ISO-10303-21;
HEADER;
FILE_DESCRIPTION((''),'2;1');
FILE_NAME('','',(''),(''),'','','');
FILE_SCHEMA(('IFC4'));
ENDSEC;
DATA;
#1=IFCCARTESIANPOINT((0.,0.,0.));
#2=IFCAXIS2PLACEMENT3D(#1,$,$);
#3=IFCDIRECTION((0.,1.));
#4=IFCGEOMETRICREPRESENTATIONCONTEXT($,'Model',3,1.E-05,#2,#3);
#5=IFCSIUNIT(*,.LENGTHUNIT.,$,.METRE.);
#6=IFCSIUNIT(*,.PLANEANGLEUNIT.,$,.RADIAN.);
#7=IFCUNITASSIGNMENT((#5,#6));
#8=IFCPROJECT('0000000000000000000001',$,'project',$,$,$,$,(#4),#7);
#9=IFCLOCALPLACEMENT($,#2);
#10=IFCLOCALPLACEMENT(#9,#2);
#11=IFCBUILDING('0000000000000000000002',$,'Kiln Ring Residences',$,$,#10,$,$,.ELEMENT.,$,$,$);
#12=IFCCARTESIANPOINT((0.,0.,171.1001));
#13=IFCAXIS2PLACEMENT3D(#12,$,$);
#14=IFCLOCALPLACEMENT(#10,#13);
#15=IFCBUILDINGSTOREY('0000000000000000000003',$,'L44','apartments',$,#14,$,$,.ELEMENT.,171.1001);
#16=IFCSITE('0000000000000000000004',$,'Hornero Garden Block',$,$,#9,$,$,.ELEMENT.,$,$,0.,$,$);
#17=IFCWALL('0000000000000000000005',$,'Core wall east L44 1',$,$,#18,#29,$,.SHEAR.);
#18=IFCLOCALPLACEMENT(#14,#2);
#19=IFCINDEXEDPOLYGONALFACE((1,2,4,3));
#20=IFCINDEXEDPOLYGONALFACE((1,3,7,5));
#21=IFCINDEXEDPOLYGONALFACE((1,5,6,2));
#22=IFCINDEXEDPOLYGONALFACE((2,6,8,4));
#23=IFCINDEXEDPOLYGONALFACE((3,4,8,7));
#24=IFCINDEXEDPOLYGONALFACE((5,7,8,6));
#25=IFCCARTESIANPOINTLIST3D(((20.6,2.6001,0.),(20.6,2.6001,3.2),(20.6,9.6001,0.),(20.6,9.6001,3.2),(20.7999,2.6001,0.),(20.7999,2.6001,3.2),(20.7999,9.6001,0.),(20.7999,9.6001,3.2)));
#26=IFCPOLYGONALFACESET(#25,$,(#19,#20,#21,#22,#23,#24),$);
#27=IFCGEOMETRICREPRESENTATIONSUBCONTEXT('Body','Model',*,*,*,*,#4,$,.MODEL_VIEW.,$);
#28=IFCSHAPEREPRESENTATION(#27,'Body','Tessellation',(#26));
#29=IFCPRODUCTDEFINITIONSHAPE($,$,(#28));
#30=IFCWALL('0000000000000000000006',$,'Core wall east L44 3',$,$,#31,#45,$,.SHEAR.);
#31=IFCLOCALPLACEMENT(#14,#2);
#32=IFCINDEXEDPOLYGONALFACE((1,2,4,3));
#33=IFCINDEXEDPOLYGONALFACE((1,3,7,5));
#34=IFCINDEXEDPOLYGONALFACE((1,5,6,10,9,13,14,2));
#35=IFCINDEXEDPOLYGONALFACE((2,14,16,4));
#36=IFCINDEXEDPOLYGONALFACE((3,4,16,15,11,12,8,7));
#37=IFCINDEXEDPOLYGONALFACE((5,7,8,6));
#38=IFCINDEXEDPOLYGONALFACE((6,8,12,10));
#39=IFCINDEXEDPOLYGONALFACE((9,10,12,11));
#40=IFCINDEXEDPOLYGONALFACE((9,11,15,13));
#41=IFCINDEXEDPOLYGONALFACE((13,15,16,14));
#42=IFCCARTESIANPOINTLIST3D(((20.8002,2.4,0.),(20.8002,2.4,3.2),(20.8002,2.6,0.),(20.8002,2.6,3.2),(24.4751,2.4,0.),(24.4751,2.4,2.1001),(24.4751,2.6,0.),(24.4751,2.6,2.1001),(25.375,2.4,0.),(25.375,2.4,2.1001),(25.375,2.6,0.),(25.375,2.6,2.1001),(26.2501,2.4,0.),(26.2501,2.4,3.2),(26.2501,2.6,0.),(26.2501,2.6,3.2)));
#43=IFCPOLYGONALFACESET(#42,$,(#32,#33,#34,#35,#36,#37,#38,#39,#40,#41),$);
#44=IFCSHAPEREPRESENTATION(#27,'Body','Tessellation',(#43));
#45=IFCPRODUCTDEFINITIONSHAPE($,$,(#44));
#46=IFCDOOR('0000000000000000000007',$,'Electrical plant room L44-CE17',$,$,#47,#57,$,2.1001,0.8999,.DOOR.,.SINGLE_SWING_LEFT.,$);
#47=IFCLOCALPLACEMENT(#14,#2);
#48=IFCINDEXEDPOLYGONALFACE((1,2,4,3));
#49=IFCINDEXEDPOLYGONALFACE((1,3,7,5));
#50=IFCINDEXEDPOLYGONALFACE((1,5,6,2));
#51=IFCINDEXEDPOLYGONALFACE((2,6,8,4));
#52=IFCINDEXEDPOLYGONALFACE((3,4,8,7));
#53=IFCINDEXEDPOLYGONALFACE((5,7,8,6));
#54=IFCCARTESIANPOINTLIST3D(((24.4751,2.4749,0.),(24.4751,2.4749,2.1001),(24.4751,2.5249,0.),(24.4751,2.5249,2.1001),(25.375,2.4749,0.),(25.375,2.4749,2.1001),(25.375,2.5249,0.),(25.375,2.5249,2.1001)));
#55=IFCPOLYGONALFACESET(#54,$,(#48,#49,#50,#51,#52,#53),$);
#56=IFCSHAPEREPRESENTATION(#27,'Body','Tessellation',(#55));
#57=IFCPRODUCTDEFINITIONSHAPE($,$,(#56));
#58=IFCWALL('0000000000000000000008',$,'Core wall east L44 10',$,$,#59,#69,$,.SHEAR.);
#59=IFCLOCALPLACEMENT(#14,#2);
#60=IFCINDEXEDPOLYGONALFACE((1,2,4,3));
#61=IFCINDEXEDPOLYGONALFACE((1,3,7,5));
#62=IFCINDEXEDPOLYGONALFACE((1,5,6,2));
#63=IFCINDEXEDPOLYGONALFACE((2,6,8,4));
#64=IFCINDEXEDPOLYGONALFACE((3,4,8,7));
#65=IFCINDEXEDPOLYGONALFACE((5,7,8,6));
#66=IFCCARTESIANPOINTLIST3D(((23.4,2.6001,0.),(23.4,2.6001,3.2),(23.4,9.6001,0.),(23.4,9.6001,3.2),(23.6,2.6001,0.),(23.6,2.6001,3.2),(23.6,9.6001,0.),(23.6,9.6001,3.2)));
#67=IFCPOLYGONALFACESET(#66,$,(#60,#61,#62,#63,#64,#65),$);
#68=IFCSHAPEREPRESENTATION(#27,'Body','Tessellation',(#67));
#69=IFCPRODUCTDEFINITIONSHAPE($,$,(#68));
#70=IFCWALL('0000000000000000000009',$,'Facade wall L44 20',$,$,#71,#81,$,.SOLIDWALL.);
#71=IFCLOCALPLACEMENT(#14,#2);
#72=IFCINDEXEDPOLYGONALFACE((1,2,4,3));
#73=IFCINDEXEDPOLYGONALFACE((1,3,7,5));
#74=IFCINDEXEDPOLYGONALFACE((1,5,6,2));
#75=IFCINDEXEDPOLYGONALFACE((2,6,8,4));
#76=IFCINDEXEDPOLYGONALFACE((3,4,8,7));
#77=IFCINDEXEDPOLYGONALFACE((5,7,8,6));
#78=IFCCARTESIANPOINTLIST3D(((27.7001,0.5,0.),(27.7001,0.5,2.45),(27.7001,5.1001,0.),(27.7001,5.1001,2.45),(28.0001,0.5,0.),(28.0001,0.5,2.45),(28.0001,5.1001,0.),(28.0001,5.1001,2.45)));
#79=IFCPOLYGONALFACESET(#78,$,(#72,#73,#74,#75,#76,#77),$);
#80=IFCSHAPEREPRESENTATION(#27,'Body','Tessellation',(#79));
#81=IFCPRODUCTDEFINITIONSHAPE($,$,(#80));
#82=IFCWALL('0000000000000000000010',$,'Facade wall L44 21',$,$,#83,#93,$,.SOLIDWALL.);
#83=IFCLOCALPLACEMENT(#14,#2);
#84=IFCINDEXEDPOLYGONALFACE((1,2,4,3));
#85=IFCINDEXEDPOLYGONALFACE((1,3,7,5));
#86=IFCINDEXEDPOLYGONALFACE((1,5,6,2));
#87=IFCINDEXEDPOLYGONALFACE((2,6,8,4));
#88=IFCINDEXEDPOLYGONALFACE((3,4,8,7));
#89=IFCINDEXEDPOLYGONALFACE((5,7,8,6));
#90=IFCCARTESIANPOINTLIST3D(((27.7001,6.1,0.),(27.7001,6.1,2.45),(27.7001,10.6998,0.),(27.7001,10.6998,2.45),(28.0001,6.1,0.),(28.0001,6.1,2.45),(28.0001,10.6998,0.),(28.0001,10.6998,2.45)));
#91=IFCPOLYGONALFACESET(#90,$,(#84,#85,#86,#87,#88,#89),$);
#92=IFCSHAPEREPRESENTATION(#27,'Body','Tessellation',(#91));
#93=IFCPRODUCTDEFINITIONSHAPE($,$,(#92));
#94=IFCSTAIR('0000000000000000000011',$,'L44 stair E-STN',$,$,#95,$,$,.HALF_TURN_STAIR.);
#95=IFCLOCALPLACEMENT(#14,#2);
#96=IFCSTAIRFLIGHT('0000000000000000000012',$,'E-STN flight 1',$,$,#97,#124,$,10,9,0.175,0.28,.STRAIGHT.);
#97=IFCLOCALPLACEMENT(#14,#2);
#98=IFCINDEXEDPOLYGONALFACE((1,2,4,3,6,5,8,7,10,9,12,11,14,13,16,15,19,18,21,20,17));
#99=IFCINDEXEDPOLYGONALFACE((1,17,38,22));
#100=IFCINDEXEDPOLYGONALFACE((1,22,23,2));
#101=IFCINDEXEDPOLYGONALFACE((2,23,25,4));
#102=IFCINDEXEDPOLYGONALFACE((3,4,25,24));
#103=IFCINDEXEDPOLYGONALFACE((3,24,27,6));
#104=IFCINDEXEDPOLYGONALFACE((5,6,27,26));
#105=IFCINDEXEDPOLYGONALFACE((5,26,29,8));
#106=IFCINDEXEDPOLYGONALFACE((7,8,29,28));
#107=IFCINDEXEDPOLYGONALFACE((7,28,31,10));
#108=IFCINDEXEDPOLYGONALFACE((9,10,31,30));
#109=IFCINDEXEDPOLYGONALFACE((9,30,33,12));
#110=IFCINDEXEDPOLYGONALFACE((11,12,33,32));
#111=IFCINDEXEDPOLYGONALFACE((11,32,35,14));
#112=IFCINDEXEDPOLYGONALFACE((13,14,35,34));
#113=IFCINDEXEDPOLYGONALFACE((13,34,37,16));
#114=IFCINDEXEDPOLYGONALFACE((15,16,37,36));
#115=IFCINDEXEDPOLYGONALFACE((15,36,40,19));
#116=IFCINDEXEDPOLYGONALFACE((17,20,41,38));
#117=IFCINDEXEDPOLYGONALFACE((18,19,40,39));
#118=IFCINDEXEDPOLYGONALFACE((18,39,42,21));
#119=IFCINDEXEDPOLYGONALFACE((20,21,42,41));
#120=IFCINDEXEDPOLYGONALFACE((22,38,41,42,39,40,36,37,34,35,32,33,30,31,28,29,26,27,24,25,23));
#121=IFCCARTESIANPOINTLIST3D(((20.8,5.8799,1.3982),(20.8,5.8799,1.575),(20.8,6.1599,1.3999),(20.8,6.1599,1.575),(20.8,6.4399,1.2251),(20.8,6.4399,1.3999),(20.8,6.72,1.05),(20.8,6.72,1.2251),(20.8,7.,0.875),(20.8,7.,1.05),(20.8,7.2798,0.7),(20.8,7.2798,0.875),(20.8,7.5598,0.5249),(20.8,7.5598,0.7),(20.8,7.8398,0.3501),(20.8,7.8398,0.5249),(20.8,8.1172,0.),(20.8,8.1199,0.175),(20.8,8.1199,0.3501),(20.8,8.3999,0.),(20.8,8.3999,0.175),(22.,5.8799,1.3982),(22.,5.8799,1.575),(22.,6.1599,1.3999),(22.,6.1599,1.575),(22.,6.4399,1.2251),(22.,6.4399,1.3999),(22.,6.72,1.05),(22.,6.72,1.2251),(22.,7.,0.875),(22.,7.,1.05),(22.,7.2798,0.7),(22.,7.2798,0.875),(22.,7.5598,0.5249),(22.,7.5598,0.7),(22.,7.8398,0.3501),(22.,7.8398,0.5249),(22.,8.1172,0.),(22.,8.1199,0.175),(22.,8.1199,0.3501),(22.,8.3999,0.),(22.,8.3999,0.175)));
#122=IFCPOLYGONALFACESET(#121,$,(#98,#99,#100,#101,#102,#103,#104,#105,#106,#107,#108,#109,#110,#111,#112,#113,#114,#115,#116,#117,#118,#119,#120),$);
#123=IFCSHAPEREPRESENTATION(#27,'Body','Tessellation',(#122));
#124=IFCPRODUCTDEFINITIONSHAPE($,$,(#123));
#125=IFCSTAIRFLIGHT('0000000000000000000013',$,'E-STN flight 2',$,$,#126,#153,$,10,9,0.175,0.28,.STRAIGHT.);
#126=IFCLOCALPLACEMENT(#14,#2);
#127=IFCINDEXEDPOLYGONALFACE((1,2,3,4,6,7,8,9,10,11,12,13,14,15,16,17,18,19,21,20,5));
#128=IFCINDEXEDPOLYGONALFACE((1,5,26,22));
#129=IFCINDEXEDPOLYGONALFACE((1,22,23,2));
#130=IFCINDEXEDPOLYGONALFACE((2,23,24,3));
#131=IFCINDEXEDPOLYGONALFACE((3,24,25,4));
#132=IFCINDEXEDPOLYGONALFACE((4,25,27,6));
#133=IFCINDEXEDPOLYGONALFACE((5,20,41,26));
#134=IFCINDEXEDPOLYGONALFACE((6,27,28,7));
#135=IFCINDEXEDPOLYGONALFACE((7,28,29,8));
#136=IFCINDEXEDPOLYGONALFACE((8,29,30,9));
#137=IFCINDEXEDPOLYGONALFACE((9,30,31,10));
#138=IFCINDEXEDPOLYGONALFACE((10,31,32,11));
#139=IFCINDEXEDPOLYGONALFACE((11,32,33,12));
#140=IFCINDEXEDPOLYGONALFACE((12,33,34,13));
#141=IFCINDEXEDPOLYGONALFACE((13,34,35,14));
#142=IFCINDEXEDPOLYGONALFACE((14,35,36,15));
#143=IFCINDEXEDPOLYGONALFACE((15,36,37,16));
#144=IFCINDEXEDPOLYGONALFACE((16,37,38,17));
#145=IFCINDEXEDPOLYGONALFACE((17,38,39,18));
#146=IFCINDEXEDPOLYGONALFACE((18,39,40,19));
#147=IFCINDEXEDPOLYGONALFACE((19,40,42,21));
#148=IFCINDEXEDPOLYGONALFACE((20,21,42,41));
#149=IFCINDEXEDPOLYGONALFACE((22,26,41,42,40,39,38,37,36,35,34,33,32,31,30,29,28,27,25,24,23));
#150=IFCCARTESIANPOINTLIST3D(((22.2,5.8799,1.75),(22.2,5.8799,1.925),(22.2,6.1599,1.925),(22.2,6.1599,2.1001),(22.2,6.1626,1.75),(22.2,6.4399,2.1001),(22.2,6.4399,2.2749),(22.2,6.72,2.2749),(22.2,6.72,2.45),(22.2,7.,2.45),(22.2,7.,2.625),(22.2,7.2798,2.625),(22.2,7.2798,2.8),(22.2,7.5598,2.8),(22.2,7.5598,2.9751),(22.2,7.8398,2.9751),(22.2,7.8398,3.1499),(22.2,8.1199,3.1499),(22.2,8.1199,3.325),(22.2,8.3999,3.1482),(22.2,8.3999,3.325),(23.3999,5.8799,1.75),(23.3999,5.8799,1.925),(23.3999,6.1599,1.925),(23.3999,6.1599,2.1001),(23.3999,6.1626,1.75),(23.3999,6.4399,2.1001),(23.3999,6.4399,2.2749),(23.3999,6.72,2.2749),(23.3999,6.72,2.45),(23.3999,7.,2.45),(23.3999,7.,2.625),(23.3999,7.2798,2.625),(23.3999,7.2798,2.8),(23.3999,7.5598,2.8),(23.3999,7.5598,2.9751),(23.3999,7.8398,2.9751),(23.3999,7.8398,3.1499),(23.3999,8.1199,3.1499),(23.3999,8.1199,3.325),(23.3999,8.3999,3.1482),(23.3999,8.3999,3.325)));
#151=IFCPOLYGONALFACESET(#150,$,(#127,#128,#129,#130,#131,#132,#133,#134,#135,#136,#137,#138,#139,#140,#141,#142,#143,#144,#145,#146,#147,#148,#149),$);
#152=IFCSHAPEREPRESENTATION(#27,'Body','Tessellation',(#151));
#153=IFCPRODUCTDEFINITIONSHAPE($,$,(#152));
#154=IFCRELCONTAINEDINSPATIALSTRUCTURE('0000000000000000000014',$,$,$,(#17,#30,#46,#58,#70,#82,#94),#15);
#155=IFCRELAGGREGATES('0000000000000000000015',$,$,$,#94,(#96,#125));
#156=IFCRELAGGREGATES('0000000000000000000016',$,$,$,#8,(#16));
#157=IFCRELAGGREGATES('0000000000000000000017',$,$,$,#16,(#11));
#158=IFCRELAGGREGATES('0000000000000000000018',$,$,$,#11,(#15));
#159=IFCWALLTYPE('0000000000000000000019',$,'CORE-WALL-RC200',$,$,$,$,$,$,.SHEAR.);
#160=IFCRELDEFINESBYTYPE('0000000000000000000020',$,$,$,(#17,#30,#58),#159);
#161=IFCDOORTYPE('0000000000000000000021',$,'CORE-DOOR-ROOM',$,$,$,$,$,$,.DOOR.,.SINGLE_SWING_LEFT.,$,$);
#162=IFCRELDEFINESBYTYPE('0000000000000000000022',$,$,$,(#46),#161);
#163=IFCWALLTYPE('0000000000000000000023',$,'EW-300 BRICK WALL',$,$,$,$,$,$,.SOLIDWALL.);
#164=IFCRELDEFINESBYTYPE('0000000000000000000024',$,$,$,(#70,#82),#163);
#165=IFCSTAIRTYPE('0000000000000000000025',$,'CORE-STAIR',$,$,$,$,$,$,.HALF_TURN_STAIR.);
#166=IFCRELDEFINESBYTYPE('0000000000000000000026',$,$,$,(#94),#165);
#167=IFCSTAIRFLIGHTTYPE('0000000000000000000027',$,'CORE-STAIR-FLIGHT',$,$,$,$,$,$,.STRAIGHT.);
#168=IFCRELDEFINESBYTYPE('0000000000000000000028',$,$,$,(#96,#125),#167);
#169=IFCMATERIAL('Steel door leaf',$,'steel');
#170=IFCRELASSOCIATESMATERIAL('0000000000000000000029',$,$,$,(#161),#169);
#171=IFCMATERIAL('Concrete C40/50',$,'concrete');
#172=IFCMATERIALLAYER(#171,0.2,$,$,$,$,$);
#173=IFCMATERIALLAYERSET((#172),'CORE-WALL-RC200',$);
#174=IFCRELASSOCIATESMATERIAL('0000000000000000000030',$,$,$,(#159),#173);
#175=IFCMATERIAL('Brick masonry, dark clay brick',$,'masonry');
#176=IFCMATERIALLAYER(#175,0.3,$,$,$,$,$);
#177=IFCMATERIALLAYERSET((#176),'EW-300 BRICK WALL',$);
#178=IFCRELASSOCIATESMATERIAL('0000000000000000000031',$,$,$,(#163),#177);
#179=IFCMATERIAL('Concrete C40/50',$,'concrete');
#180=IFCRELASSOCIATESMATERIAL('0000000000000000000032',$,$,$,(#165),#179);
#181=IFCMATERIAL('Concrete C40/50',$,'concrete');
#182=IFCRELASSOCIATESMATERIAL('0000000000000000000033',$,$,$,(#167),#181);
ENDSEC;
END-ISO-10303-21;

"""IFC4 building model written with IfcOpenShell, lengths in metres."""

from ifc_helpers import new_model, si_unit, direction, frame, frame_2d, origin, place, context, subcontext, project, spatial, polyline, rectangle, outline, extrude, material, layer, layer_set, type_object, element, fill, aggregate, save


model = new_model("IFC4")

# Units and contexts
model_context = context("Model", 3, precision=1e-05, world=origin(), true_north=direction((0.0, 1.0)))
body_context = subcontext(model_context, "Body", "Model", "MODEL_VIEW")
ifc_project = project(units=[si_unit("LENGTHUNIT", "METRE"), si_unit("PLANEANGLEUNIT", "RADIAN")], contexts=[model_context])

# Site, building, storey
site_placement = place(None, origin())
site = spatial("IfcSite", under=ifc_project, at=site_placement, Name="Hornero Garden Block", CompositionType="ELEMENT", RefElevation=0.0)
building_placement = place(site_placement, origin())
building = spatial("IfcBuilding", under=site, at=building_placement, Name="Kiln Ring Residences", CompositionType="ELEMENT")
storey_placement = place(building_placement, frame((0.0, 0.0, 171.1001)))
storey = spatial("IfcBuildingStorey", under=building, at=storey_placement, Name="L44", Description="apartments", CompositionType="ELEMENT", Elevation=171.1001)

# Shared definitions
ifc_material_1 = material(Name="Steel door leaf", Category="steel")
door_type = type_object("IfcDoorType", Name="CORE-DOOR-ROOM", OperationType="SINGLE_SWING_LEFT", PredefinedType="DOOR", material=ifc_material_1)

# Wall
ifc_material_2 = material(Name="Concrete C40/50", Category="concrete")
ifc_layer_1 = layer(ifc_material_2, 0.2)
ifc_layer_set_1 = layer_set([ifc_layer_1], Name="CORE-WALL-RC200")
wall_type_1 = type_object("IfcWallType", Name="CORE-WALL-RC200", PredefinedType="SHEAR", material=ifc_layer_set_1)
wall_1_placement = place(storey_placement, frame((20.7, 2.6001, 0.0), z_axis=(0.0, 0.0, 1.0), x_axis=(0.0, 1.0, 0.0)))
element("IfcWall", 1, at=wall_1_placement, inside=storey, type_object=wall_type_1, Name="Core wall east L44 1", PredefinedType="SHEAR", context=body_context, shape_type="SweptSolid", body=[
    extrude(rectangle(XDim=7.0, YDim=0.2, at=frame_2d((3.5, 0.0))), origin(), (0.0, 0.0, 1.0), 3.2),
])

# Wall, opening, door
wall_2_placement = place(storey_placement, frame((20.8, 2.5, 0.0), z_axis=(0.0, 0.0, 1.0), x_axis=(1.0, 0.0, 0.0)))
wall_2 = element("IfcWall", 2, at=wall_2_placement, inside=storey, type_object=wall_type_1, Name="Core wall east L44 3", PredefinedType="SHEAR", context=body_context, shape_type="SweptSolid", body=[
    extrude(rectangle(XDim=5.45, YDim=0.2, at=frame_2d((2.7251, 0.0))), origin(), (0.0, 0.0, 1.0), 3.2),
])
opening_1_placement = place(wall_2_placement, frame((3.675, 0.0, 0.0)))
opening_1 = element("IfcOpeningElement", 3, at=opening_1_placement, cuts=wall_2, PredefinedType="OPENING", context=body_context, shape_type="SweptSolid", body=[
    extrude(rectangle(XDim=0.8999, YDim=2.1001, at=frame_2d((0.45, 1.05))), frame((0.0, 0.1099, 0.0), z_axis=(0.0, -1.0, 0.0), x_axis=(1.0, 0.0, 0.0)), (0.0, 0.0, 1.0), 0.22),
])
door_1_placement = place(opening_1_placement, origin())
door_1 = element("IfcDoor", 4, at=door_1_placement, inside=storey, type_object=door_type, Name="Electrical plant room L44-CE17", OperationType="SINGLE_SWING_LEFT", OverallHeight=2.1001, OverallWidth=0.8999, PredefinedType="DOOR", context=body_context, shape_type="SweptSolid", body=[
    extrude(rectangle(XDim=0.8999, YDim=2.1001, at=frame_2d((0.45, 1.05))), frame((0.0, 0.0249, 0.0), z_axis=(0.0, -1.0, 0.0), x_axis=(1.0, 0.0, 0.0)), (0.0, 0.0, 1.0), 0.05),
])
fill(opening_1, door_1)

# Walls
wall_3_placement = place(storey_placement, frame((23.5, 2.6001, 0.0), z_axis=(0.0, 0.0, 1.0), x_axis=(0.0, 1.0, 0.0)))
element("IfcWall", 5, at=wall_3_placement, inside=storey, type_object=wall_type_1, Name="Core wall east L44 10", PredefinedType="SHEAR", context=body_context, shape_type="SweptSolid", body=[
    extrude(rectangle(XDim=7.0, YDim=0.2, at=frame_2d((3.5, 0.0))), origin(), (0.0, 0.0, 1.0), 3.2),
])
ifc_material_3 = material(Name="Brick masonry, dark clay brick", Category="masonry")
ifc_layer_2 = layer(ifc_material_3, 0.3)
ifc_layer_set_2 = layer_set([ifc_layer_2], Name="EW-300 BRICK WALL")
wall_type_2 = type_object("IfcWallType", Name="EW-300 BRICK WALL", PredefinedType="SOLIDWALL", material=ifc_layer_set_2)
wall_4_placement = place(storey_placement, frame((27.8501, 0.5, 0.0), z_axis=(0.0, 0.0, 1.0), x_axis=(0.0, 1.0, 0.0)))
element("IfcWall", 6, at=wall_4_placement, inside=storey, type_object=wall_type_2, Name="Facade wall L44 20", PredefinedType="SOLIDWALL", context=body_context, shape_type="SweptSolid", body=[
    extrude(rectangle(XDim=4.6001, YDim=0.3, at=frame_2d((2.3, 0.0))), origin(), (0.0, 0.0, 1.0), 2.45),
])
wall_5_placement = place(storey_placement, frame((27.8501, 6.1001, 0.0), z_axis=(0.0, 0.0, 1.0), x_axis=(0.0, 1.0, 0.0)))
element("IfcWall", 7, at=wall_5_placement, inside=storey, type_object=wall_type_2, Name="Facade wall L44 21", PredefinedType="SOLIDWALL", context=body_context, shape_type="SweptSolid", body=[
    extrude(rectangle(XDim=4.5999, YDim=0.3, at=frame_2d((2.2998, 0.0))), origin(), (0.0, 0.0, 1.0), 2.45),
])

# Stair, stair flights
ifc_material_4 = material(Name="Concrete C40/50", Category="concrete")
stair_type = type_object("IfcStairType", Name="CORE-STAIR", PredefinedType="HALF_TURN_STAIR", material=ifc_material_4)
stair_placement = place(storey_placement, origin())
stair = element("IfcStair", 8, at=stair_placement, inside=storey, type_object=stair_type, Name="L44 stair E-STN", PredefinedType="HALF_TURN_STAIR")
ifc_material_5 = material(Name="Concrete C40/50", Category="concrete")
stair_flight_type = type_object("IfcStairFlightType", Name="CORE-STAIR-FLIGHT", PredefinedType="STRAIGHT", material=ifc_material_5)
stair_flight_1_placement = place(storey_placement, frame((21.3999, 8.3999, 0.0), z_axis=(0.0, 0.0, 1.0), x_axis=(0.0, -1.0, 0.0)))
stair_flight_1 = element("IfcStairFlight", 9, at=stair_flight_1_placement, type_object=stair_flight_type, Name="E-STN flight 1", NumberOfRisers=10, NumberOfTreads=9, PredefinedType="STRAIGHT", RiserHeight=0.175, TreadLength=0.28, context=body_context, shape_type="SweptSolid", body=[
    extrude(outline(polyline([(0.0, 0.0), (0.0, 0.175), (0.28, 0.175), (0.28, 0.3501), (0.5601, 0.3501), (0.5601, 0.5249), (0.8401, 0.5249), (0.8401, 0.7), (1.1201, 0.7), (1.1201, 0.875), (1.3999, 0.875), (1.3999, 1.05), (1.6799, 1.05), (1.6799, 1.2251), (1.96, 1.2251), (1.96, 1.3999), (2.24, 1.3999), (2.24, 1.575), (2.52, 1.575), (2.52, 1.75), (2.52, 1.3982), (0.2827, 0.0), (0.0, 0.0)])), frame((0.0, 0.6001, 0.0), z_axis=(0.0, -1.0, 0.0), x_axis=(1.0, 0.0, 0.0)), (0.0, 0.0, 1.0), 1.2),
])
stair_flight_2_placement = place(storey_placement, frame((22.8, 5.8799, 1.75), z_axis=(0.0, 0.0, 1.0), x_axis=(0.0, 1.0, 0.0)))
stair_flight_2 = element("IfcStairFlight", 10, at=stair_flight_2_placement, type_object=stair_flight_type, Name="E-STN flight 2", NumberOfRisers=10, NumberOfTreads=9, PredefinedType="STRAIGHT", RiserHeight=0.175, TreadLength=0.28, context=body_context, shape_type="SweptSolid", body=[
    extrude(outline(polyline([(0.0, 0.0), (0.0, 0.175), (0.28, 0.175), (0.28, 0.3501), (0.5601, 0.3501), (0.5601, 0.5249), (0.8401, 0.5249), (0.8401, 0.7), (1.1201, 0.7), (1.1201, 0.875), (1.3999, 0.875), (1.3999, 1.05), (1.6799, 1.05), (1.6799, 1.2251), (1.96, 1.2251), (1.96, 1.3999), (2.24, 1.3999), (2.24, 1.575), (2.52, 1.575), (2.52, 1.75), (2.52, 1.3982), (0.2827, 0.0), (0.0, 0.0)])), frame((0.0, 0.6001, 0.0), z_axis=(0.0, -1.0, 0.0), x_axis=(1.0, 0.0, 0.0)), (0.0, 0.0, 1.0), 1.2),
])
aggregate(stair, [stair_flight_1, stair_flight_2])

save(model, "model.ifc")
